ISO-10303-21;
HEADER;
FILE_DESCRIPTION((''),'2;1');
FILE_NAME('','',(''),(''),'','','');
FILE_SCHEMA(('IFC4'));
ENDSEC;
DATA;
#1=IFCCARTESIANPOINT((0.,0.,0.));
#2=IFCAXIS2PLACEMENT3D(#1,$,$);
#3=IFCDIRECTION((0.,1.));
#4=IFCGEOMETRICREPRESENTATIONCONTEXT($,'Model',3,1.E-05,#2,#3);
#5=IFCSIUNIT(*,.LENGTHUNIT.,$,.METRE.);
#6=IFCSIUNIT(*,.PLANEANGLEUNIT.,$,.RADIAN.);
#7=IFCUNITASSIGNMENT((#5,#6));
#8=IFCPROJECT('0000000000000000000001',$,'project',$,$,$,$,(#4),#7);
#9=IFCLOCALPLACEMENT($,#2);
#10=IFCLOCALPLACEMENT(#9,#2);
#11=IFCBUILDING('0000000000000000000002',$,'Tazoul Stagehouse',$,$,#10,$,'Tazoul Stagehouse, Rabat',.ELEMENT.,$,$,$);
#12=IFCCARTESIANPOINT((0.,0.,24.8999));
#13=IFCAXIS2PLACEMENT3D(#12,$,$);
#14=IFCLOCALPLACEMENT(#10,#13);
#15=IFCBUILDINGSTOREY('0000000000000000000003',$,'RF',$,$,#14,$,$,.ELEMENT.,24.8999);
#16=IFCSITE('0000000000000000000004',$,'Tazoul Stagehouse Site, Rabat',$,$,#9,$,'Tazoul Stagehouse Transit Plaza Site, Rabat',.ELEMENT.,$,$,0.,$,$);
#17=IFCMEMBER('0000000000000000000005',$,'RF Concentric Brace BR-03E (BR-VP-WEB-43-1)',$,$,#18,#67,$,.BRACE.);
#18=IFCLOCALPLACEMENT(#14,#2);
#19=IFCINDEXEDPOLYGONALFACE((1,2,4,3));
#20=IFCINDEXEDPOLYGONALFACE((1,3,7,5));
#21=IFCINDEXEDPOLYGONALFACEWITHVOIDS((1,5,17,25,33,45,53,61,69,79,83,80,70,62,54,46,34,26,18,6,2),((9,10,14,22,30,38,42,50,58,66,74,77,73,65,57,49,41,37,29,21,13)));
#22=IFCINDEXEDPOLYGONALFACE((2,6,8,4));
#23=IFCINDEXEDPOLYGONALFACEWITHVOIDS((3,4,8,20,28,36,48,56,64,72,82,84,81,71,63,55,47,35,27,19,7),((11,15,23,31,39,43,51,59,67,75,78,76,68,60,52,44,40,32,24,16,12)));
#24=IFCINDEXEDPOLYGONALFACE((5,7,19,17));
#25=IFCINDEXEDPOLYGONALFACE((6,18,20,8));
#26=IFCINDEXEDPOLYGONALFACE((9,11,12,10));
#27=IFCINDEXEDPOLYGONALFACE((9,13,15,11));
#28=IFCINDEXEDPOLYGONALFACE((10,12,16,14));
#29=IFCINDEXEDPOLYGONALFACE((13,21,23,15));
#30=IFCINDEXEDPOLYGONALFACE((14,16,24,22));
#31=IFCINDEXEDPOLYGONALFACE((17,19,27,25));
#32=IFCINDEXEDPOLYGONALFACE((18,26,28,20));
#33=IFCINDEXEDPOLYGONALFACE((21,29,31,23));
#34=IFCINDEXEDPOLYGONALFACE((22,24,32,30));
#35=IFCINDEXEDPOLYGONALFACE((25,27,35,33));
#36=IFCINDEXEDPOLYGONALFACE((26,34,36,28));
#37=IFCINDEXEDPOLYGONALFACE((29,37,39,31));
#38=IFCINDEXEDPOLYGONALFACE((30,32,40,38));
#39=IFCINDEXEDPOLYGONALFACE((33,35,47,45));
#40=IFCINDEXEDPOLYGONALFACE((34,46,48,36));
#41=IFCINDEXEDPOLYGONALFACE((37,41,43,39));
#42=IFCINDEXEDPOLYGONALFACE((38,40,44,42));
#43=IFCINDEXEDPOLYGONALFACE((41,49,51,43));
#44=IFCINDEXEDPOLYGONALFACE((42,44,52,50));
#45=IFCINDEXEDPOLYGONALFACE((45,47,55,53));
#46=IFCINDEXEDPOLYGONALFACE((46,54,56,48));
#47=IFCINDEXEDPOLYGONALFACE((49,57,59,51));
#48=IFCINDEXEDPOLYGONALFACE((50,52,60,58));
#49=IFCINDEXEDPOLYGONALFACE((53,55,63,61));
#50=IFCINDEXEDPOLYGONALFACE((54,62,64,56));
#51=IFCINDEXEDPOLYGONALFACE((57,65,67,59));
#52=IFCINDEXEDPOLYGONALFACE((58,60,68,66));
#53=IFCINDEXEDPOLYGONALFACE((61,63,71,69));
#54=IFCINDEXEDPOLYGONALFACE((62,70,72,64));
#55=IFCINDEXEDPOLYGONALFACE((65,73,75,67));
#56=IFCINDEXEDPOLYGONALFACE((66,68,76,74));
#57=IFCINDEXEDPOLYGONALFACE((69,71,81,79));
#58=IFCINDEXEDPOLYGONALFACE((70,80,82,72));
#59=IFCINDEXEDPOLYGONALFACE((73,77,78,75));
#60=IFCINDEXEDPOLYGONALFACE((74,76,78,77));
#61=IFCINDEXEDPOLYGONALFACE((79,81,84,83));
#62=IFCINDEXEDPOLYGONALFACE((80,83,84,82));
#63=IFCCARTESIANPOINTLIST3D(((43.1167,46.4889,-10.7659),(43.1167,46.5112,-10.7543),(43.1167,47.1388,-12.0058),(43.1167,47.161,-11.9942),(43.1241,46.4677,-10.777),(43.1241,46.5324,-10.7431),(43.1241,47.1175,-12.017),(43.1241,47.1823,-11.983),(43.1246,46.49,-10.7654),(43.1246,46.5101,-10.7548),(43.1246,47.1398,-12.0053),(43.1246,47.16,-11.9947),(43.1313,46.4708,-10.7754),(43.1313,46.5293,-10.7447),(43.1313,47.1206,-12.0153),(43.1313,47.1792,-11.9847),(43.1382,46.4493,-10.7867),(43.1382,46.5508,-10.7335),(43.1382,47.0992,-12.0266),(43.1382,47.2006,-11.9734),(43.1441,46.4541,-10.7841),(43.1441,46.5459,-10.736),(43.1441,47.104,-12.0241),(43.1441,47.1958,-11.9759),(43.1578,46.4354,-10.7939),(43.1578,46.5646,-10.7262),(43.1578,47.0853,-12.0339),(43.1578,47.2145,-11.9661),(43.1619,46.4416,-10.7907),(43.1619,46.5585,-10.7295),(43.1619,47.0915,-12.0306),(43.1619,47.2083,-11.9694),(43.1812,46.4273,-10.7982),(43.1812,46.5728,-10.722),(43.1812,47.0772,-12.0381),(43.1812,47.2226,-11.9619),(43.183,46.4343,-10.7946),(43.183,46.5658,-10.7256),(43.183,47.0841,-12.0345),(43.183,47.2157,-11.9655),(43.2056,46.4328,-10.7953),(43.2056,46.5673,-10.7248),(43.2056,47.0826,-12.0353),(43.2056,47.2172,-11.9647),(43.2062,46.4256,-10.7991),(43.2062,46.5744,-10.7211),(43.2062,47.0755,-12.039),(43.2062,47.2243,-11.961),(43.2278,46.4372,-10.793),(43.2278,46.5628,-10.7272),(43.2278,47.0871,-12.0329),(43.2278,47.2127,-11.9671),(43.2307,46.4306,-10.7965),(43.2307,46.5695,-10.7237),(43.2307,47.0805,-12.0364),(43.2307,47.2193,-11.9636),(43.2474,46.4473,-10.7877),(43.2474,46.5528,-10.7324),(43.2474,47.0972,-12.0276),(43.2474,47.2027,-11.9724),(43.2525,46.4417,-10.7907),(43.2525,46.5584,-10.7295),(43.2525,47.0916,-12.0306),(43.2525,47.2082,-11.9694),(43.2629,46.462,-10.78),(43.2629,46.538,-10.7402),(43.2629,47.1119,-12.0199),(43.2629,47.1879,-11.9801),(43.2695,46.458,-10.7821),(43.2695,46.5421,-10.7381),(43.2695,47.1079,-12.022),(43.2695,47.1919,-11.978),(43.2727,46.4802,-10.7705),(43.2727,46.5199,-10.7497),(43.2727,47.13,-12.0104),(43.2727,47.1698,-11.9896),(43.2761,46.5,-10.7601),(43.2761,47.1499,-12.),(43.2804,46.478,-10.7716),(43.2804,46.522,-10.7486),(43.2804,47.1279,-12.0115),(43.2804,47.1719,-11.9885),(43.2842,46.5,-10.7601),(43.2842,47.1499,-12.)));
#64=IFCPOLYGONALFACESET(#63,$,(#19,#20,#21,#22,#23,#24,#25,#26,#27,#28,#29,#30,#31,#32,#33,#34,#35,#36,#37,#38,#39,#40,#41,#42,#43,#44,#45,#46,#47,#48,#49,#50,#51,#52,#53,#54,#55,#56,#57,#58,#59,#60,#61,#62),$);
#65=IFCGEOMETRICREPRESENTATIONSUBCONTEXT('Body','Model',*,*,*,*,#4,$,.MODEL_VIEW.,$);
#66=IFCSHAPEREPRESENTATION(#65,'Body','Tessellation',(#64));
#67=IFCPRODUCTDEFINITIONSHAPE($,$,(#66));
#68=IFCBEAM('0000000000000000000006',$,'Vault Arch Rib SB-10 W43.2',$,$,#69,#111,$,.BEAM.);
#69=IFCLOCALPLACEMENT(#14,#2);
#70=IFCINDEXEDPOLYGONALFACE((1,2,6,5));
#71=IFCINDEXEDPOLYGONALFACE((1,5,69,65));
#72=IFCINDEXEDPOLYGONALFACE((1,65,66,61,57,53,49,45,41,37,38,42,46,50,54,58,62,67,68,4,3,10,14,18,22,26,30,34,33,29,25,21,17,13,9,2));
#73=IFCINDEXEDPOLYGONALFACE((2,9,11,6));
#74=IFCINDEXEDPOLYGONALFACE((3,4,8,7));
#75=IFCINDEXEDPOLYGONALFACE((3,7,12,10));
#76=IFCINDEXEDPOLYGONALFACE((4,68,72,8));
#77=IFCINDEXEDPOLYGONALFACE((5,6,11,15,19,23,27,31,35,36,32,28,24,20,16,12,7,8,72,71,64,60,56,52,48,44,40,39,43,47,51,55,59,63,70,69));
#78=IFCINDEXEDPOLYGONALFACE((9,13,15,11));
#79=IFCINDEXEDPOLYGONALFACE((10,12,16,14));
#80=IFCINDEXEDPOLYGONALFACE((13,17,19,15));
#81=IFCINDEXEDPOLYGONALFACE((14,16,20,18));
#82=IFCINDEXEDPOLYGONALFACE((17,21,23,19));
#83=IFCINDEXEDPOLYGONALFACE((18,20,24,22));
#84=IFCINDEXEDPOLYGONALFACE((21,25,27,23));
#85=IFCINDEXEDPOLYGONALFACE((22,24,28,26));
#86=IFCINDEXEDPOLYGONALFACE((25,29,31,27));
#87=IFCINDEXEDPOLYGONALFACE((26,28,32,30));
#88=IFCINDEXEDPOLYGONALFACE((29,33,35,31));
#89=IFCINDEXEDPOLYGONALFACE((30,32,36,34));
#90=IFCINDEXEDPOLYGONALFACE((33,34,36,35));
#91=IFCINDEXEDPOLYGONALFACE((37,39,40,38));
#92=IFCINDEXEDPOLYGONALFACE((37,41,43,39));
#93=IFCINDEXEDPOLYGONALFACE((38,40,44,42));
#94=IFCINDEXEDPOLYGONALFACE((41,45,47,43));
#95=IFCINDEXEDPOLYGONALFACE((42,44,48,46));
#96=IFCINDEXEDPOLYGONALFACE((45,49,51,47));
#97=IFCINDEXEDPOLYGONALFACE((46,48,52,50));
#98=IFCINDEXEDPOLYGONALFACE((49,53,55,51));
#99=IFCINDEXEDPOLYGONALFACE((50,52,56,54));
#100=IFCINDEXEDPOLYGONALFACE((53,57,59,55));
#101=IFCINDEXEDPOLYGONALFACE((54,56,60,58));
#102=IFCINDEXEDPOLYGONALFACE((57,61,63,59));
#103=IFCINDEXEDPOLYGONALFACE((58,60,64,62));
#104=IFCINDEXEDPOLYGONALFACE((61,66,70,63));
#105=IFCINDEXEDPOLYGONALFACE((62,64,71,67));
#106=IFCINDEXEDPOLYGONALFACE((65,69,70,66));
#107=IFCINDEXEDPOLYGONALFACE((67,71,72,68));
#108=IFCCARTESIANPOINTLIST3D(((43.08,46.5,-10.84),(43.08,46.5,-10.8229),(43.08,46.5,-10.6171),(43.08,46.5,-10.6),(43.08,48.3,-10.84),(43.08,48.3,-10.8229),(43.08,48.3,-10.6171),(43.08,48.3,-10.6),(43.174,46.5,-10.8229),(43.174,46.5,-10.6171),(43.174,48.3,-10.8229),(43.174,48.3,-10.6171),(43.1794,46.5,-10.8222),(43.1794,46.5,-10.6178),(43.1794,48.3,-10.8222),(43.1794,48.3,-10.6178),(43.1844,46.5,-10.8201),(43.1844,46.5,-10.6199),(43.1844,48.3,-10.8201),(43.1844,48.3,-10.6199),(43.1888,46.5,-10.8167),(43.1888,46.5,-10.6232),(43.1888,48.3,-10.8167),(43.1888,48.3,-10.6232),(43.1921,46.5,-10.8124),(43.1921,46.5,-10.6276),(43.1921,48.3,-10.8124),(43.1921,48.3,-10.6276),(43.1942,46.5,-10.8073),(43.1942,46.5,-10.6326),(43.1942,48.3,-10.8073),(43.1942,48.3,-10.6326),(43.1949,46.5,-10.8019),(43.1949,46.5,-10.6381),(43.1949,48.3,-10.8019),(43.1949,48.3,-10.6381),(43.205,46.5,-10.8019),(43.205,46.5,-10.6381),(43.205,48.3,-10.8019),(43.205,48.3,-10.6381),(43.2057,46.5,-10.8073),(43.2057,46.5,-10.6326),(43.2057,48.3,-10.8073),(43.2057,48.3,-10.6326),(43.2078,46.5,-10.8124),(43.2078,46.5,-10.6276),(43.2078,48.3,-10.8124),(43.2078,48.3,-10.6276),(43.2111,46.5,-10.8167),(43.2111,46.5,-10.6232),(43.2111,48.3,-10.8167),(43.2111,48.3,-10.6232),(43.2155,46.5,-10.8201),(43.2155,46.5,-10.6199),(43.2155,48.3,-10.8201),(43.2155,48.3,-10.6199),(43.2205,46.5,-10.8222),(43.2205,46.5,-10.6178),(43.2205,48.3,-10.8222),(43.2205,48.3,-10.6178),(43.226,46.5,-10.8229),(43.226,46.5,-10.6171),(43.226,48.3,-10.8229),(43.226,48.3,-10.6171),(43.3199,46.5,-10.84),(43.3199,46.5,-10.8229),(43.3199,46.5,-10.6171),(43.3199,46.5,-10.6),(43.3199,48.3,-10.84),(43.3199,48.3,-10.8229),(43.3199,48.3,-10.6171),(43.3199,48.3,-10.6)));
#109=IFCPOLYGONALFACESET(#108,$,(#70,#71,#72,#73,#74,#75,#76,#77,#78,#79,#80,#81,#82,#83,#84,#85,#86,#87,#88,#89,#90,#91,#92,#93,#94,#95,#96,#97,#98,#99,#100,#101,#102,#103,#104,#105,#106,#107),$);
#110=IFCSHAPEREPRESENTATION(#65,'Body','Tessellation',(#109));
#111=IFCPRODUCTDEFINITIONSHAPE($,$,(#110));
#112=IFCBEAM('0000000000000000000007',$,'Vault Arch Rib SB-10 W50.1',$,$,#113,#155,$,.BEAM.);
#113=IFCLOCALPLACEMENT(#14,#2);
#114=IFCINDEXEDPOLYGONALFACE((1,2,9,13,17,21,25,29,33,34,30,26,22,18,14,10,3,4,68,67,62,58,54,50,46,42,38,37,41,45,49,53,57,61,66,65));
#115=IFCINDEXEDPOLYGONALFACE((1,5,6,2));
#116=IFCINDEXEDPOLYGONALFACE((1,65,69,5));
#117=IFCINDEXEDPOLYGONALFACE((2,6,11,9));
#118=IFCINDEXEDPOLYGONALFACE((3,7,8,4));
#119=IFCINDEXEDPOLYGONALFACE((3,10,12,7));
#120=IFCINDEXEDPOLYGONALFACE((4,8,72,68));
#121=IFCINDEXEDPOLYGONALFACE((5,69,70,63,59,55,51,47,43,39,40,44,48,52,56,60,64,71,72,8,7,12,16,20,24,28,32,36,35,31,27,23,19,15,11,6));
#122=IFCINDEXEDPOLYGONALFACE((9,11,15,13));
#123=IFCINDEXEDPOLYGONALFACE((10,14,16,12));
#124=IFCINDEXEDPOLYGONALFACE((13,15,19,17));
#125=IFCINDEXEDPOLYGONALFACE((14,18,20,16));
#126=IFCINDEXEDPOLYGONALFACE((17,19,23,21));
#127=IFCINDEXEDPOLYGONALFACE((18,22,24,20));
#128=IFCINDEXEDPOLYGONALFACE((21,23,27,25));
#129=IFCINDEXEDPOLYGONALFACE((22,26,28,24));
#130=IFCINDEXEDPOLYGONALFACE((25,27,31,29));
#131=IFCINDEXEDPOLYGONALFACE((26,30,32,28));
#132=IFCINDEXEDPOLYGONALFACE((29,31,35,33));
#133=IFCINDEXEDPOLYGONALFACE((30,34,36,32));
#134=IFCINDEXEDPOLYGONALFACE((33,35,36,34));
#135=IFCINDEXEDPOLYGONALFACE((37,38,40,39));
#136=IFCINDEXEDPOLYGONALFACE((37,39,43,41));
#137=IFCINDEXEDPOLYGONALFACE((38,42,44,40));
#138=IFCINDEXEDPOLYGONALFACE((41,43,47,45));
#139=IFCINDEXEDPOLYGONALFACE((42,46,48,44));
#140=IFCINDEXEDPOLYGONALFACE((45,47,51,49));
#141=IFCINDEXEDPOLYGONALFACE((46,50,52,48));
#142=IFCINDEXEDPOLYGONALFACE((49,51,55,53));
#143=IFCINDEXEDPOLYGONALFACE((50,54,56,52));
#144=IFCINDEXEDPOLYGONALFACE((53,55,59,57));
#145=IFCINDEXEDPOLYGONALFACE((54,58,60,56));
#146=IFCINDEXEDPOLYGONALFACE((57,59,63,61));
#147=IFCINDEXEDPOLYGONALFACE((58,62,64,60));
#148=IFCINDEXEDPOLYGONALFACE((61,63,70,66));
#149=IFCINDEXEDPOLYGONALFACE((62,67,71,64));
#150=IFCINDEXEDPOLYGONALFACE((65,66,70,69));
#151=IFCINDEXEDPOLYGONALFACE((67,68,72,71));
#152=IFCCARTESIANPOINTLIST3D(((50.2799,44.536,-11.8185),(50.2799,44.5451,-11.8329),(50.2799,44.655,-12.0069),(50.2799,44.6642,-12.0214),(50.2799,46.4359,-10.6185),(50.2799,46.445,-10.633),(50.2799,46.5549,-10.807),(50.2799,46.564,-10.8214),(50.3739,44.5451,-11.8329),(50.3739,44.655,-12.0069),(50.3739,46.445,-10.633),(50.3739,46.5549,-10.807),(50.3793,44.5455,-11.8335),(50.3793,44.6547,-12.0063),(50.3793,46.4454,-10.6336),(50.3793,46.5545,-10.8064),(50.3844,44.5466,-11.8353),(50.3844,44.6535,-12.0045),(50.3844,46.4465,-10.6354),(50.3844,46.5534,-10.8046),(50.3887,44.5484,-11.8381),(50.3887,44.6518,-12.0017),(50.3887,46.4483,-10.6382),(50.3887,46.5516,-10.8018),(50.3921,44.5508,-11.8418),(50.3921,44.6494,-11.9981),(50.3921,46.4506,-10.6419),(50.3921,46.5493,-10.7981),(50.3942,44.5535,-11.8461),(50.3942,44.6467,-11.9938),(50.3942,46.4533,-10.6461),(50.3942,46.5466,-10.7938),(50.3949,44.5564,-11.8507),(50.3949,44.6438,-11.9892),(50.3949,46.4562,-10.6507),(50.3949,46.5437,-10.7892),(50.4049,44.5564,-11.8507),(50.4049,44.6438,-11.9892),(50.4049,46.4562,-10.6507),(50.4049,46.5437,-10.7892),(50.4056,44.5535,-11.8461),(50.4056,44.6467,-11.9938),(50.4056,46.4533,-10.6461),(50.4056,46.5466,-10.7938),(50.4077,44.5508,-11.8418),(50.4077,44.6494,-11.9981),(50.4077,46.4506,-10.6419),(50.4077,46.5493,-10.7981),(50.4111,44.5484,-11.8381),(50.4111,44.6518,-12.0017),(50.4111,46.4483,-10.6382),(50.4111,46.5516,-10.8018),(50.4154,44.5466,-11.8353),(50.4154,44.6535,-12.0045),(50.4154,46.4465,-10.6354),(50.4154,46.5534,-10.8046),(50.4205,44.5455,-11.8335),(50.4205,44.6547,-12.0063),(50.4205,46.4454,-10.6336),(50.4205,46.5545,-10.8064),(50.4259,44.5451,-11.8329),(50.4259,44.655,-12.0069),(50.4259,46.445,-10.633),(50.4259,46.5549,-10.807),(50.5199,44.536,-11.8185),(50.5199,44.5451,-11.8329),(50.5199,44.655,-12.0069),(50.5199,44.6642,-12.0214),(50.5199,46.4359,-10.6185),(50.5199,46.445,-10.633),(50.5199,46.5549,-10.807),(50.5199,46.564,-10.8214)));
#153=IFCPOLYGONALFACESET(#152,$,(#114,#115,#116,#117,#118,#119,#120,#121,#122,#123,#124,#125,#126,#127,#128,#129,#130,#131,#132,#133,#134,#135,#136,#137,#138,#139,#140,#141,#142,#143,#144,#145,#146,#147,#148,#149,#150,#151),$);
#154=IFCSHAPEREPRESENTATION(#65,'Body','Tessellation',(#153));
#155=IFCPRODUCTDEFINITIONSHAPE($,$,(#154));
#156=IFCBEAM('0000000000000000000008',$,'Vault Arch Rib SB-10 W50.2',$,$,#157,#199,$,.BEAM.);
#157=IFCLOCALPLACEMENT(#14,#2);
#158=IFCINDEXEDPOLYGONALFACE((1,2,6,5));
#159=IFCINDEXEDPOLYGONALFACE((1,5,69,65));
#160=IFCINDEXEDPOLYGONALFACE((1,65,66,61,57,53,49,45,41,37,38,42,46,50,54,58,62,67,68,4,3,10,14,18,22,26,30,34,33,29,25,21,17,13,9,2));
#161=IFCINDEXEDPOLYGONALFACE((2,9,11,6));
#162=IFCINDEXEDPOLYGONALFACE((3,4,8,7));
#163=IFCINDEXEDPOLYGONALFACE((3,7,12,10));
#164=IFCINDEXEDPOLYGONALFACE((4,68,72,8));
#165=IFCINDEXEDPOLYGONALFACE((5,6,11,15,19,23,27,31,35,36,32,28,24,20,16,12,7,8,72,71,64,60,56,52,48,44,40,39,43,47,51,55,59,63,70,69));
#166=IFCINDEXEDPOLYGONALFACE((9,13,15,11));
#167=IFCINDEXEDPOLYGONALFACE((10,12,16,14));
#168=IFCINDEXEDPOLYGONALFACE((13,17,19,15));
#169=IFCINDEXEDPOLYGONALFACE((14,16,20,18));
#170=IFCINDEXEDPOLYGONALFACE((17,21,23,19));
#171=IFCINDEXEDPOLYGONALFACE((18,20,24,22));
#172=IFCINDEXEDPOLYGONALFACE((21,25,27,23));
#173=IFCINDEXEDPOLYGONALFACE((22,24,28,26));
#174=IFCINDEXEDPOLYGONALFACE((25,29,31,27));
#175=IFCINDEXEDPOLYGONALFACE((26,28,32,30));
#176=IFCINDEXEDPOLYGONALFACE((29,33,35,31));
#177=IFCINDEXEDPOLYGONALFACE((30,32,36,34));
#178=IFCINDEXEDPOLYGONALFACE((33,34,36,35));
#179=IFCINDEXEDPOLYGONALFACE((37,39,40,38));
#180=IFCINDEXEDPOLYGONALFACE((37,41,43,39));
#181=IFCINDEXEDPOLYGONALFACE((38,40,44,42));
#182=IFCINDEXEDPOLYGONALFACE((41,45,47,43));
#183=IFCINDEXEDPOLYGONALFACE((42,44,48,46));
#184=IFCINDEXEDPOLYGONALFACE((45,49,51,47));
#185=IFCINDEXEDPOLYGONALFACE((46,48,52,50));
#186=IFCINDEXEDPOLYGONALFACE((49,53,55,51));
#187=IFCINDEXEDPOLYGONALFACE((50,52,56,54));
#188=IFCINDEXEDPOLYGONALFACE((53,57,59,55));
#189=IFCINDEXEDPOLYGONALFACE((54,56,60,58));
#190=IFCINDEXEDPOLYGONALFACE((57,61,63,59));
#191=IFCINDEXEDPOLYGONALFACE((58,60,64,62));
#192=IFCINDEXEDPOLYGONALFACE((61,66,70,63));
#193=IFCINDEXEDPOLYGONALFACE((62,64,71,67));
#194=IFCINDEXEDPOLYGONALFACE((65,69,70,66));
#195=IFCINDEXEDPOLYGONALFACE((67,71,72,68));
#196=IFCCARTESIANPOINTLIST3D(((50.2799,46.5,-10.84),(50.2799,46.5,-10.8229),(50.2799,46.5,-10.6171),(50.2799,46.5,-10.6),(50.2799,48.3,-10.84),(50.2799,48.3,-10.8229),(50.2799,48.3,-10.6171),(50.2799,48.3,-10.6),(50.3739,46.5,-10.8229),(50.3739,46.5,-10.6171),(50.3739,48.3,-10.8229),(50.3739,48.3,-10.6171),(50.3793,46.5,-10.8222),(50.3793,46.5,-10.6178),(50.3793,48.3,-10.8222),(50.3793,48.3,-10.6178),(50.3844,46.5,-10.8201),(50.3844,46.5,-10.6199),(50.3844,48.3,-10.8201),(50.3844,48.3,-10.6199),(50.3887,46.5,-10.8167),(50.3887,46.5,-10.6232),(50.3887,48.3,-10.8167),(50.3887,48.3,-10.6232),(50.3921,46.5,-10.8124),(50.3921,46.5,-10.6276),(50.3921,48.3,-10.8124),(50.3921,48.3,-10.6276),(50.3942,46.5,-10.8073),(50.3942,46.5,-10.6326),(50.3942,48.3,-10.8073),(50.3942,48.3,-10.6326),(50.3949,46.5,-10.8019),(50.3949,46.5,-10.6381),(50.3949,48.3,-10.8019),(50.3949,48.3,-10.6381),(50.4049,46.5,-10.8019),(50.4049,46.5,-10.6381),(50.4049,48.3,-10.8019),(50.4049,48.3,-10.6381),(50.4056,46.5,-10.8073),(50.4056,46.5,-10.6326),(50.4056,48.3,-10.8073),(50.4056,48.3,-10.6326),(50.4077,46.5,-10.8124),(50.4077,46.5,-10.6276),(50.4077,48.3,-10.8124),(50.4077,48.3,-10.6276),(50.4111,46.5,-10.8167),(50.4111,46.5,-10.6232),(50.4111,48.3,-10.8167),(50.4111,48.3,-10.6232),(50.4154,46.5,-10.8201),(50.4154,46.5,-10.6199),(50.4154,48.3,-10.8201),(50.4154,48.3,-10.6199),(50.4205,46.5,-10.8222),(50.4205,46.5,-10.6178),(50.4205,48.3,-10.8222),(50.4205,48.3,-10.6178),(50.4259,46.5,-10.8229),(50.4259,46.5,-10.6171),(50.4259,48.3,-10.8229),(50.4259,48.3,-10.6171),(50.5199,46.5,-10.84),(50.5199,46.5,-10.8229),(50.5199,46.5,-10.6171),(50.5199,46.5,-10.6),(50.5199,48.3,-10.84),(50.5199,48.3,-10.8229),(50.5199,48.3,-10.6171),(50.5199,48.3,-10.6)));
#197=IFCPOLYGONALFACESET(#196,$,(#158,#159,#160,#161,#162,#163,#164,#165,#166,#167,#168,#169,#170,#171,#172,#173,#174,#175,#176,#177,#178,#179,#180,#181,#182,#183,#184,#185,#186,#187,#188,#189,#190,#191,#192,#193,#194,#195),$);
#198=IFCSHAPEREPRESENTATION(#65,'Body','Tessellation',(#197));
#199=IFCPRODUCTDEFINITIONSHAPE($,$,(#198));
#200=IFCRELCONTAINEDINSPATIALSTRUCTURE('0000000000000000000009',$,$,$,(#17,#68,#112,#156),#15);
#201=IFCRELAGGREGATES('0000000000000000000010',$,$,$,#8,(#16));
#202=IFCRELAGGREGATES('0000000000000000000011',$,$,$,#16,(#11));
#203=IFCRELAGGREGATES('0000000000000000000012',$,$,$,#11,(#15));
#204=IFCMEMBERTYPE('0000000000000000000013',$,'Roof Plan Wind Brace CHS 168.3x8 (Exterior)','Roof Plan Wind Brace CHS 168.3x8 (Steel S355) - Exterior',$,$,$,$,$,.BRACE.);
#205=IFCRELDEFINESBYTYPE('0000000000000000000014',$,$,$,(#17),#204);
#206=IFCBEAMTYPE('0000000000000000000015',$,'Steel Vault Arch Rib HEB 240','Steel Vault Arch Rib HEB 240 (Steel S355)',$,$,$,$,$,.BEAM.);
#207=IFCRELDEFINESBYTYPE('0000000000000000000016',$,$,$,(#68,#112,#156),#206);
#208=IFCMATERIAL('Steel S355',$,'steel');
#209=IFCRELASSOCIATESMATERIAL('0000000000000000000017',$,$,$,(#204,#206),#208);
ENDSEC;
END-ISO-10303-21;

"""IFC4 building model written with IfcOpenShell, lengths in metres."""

from ifc_helpers import new_model, si_unit, direction, frame, origin, origin_2d, place, context, subcontext, project, spatial, hollow_circle, i_section, extrude, material, material_profile, profile_set, type_object, element, save


model = new_model("IFC4")

# Units and contexts
model_context = context("Model", 3, precision=1e-05, world=origin(), true_north=direction((0.0, 1.0)))
body_context = subcontext(model_context, "Body", "Model", "MODEL_VIEW")
ifc_project = project(units=[si_unit("LENGTHUNIT", "METRE"), si_unit("PLANEANGLEUNIT", "RADIAN")], contexts=[model_context])

# Site, building, storey
site_placement = place(None, origin())
site = spatial("IfcSite", under=ifc_project, at=site_placement, Name="Tazoul Stagehouse Site, Rabat", LongName="Tazoul Stagehouse Transit Plaza Site, Rabat", CompositionType="ELEMENT", RefElevation=0.0)
building_placement = place(site_placement, origin())
building = spatial("IfcBuilding", under=site, at=building_placement, Name="Tazoul Stagehouse", LongName="Tazoul Stagehouse, Rabat", CompositionType="ELEMENT")
storey_placement = place(building_placement, frame((0.0, 0.0, 24.8999)))
storey = spatial("IfcBuildingStorey", under=building, at=storey_placement, Name="RF", CompositionType="ELEMENT", Elevation=24.8999)

# Member
ifc_material_1 = material(Name="Steel S355", Category="steel")
ifc_material_profile_1 = material_profile(ifc_material_1, hollow_circle(Radius=0.0842, WallThickness=0.0081, at=origin_2d()), Name="CHS 168.3x8")
ifc_profile_set_1 = profile_set([ifc_material_profile_1], Name="Steel S355")
member_type_1 = type_object("IfcMemberType", Name="Roof Plan Wind Brace CHS 168.3x8 (Exterior)", Description="Roof Plan Wind Brace CHS 168.3x8 (Steel S355) - Exterior", PredefinedType="BRACE", material=ifc_profile_set_1)
member_placement = place(storey_placement, frame((43.2, 47.1499, -12.0), z_axis=(0.0, -0.464222, 0.885719), x_axis=(1.0, 0.0, 0.0)))
element("IfcMember", 1, at=member_placement, inside=storey, type_object=member_type_1, Name="RF Concentric Brace BR-03E (BR-VP-WEB-43-1)", PredefinedType="BRACE", context=body_context, shape_type="SweptSolid", body=[
    extrude(hollow_circle(Radius=0.0842, WallThickness=0.0081, at=origin_2d()), origin(), (0.0, 0.0, 1.0), 1.3999),
])

# Beams
ifc_material_profile_2 = material_profile(ifc_material_1, i_section(OverallWidth=0.24, OverallDepth=0.24, WebThickness=0.01, FlangeThickness=0.0171, FilletRadius=0.021, at=origin_2d()), Name="HEB 240")
ifc_profile_set_2 = profile_set([ifc_material_profile_2], Name="Steel S355")
beam_type = type_object("IfcBeamType", Name="Steel Vault Arch Rib HEB 240", Description="Steel Vault Arch Rib HEB 240 (Steel S355)", PredefinedType="BEAM", material=ifc_profile_set_2)
beam_1_placement = place(storey_placement, frame((43.2, 46.5, -10.72), z_axis=(0.0, 1.0, 0.0), x_axis=(-1.0, 0.0, 0.0)))
element("IfcBeam", 2, at=beam_1_placement, inside=storey, type_object=beam_type, Name="Vault Arch Rib SB-10 W43.2", PredefinedType="BEAM", context=body_context, shape_type="SweptSolid", body=[
    extrude(i_section(OverallWidth=0.24, OverallDepth=0.24, WebThickness=0.01, FlangeThickness=0.0171, FilletRadius=0.021, at=origin_2d()), origin(), (0.0, 0.0, 1.0), 1.8),
])
beam_2_placement = place(storey_placement, frame((50.3999, 44.6001, -11.9199), z_axis=(0.0, 0.845486, 0.533997), x_axis=(-1.0, 0.0, 0.0)))
element("IfcBeam", 3, at=beam_2_placement, inside=storey, type_object=beam_type, Name="Vault Arch Rib SB-10 W50.1", PredefinedType="BEAM", context=body_context, shape_type="SweptSolid", body=[
    extrude(i_section(OverallWidth=0.24, OverallDepth=0.24, WebThickness=0.01, FlangeThickness=0.0171, FilletRadius=0.021, at=origin_2d()), origin(), (0.0, 0.0, 1.0), 2.2471),
])
beam_3_placement = place(storey_placement, frame((50.3999, 46.5, -10.72), z_axis=(0.0, 1.0, 0.0), x_axis=(-1.0, 0.0, 0.0)))
element("IfcBeam", 4, at=beam_3_placement, inside=storey, type_object=beam_type, Name="Vault Arch Rib SB-10 W50.2", PredefinedType="BEAM", context=body_context, shape_type="SweptSolid", body=[
    extrude(i_section(OverallWidth=0.24, OverallDepth=0.24, WebThickness=0.01, FlangeThickness=0.0171, FilletRadius=0.021, at=origin_2d()), origin(), (0.0, 0.0, 1.0), 1.8),
])

save(model, "model.ifc")
